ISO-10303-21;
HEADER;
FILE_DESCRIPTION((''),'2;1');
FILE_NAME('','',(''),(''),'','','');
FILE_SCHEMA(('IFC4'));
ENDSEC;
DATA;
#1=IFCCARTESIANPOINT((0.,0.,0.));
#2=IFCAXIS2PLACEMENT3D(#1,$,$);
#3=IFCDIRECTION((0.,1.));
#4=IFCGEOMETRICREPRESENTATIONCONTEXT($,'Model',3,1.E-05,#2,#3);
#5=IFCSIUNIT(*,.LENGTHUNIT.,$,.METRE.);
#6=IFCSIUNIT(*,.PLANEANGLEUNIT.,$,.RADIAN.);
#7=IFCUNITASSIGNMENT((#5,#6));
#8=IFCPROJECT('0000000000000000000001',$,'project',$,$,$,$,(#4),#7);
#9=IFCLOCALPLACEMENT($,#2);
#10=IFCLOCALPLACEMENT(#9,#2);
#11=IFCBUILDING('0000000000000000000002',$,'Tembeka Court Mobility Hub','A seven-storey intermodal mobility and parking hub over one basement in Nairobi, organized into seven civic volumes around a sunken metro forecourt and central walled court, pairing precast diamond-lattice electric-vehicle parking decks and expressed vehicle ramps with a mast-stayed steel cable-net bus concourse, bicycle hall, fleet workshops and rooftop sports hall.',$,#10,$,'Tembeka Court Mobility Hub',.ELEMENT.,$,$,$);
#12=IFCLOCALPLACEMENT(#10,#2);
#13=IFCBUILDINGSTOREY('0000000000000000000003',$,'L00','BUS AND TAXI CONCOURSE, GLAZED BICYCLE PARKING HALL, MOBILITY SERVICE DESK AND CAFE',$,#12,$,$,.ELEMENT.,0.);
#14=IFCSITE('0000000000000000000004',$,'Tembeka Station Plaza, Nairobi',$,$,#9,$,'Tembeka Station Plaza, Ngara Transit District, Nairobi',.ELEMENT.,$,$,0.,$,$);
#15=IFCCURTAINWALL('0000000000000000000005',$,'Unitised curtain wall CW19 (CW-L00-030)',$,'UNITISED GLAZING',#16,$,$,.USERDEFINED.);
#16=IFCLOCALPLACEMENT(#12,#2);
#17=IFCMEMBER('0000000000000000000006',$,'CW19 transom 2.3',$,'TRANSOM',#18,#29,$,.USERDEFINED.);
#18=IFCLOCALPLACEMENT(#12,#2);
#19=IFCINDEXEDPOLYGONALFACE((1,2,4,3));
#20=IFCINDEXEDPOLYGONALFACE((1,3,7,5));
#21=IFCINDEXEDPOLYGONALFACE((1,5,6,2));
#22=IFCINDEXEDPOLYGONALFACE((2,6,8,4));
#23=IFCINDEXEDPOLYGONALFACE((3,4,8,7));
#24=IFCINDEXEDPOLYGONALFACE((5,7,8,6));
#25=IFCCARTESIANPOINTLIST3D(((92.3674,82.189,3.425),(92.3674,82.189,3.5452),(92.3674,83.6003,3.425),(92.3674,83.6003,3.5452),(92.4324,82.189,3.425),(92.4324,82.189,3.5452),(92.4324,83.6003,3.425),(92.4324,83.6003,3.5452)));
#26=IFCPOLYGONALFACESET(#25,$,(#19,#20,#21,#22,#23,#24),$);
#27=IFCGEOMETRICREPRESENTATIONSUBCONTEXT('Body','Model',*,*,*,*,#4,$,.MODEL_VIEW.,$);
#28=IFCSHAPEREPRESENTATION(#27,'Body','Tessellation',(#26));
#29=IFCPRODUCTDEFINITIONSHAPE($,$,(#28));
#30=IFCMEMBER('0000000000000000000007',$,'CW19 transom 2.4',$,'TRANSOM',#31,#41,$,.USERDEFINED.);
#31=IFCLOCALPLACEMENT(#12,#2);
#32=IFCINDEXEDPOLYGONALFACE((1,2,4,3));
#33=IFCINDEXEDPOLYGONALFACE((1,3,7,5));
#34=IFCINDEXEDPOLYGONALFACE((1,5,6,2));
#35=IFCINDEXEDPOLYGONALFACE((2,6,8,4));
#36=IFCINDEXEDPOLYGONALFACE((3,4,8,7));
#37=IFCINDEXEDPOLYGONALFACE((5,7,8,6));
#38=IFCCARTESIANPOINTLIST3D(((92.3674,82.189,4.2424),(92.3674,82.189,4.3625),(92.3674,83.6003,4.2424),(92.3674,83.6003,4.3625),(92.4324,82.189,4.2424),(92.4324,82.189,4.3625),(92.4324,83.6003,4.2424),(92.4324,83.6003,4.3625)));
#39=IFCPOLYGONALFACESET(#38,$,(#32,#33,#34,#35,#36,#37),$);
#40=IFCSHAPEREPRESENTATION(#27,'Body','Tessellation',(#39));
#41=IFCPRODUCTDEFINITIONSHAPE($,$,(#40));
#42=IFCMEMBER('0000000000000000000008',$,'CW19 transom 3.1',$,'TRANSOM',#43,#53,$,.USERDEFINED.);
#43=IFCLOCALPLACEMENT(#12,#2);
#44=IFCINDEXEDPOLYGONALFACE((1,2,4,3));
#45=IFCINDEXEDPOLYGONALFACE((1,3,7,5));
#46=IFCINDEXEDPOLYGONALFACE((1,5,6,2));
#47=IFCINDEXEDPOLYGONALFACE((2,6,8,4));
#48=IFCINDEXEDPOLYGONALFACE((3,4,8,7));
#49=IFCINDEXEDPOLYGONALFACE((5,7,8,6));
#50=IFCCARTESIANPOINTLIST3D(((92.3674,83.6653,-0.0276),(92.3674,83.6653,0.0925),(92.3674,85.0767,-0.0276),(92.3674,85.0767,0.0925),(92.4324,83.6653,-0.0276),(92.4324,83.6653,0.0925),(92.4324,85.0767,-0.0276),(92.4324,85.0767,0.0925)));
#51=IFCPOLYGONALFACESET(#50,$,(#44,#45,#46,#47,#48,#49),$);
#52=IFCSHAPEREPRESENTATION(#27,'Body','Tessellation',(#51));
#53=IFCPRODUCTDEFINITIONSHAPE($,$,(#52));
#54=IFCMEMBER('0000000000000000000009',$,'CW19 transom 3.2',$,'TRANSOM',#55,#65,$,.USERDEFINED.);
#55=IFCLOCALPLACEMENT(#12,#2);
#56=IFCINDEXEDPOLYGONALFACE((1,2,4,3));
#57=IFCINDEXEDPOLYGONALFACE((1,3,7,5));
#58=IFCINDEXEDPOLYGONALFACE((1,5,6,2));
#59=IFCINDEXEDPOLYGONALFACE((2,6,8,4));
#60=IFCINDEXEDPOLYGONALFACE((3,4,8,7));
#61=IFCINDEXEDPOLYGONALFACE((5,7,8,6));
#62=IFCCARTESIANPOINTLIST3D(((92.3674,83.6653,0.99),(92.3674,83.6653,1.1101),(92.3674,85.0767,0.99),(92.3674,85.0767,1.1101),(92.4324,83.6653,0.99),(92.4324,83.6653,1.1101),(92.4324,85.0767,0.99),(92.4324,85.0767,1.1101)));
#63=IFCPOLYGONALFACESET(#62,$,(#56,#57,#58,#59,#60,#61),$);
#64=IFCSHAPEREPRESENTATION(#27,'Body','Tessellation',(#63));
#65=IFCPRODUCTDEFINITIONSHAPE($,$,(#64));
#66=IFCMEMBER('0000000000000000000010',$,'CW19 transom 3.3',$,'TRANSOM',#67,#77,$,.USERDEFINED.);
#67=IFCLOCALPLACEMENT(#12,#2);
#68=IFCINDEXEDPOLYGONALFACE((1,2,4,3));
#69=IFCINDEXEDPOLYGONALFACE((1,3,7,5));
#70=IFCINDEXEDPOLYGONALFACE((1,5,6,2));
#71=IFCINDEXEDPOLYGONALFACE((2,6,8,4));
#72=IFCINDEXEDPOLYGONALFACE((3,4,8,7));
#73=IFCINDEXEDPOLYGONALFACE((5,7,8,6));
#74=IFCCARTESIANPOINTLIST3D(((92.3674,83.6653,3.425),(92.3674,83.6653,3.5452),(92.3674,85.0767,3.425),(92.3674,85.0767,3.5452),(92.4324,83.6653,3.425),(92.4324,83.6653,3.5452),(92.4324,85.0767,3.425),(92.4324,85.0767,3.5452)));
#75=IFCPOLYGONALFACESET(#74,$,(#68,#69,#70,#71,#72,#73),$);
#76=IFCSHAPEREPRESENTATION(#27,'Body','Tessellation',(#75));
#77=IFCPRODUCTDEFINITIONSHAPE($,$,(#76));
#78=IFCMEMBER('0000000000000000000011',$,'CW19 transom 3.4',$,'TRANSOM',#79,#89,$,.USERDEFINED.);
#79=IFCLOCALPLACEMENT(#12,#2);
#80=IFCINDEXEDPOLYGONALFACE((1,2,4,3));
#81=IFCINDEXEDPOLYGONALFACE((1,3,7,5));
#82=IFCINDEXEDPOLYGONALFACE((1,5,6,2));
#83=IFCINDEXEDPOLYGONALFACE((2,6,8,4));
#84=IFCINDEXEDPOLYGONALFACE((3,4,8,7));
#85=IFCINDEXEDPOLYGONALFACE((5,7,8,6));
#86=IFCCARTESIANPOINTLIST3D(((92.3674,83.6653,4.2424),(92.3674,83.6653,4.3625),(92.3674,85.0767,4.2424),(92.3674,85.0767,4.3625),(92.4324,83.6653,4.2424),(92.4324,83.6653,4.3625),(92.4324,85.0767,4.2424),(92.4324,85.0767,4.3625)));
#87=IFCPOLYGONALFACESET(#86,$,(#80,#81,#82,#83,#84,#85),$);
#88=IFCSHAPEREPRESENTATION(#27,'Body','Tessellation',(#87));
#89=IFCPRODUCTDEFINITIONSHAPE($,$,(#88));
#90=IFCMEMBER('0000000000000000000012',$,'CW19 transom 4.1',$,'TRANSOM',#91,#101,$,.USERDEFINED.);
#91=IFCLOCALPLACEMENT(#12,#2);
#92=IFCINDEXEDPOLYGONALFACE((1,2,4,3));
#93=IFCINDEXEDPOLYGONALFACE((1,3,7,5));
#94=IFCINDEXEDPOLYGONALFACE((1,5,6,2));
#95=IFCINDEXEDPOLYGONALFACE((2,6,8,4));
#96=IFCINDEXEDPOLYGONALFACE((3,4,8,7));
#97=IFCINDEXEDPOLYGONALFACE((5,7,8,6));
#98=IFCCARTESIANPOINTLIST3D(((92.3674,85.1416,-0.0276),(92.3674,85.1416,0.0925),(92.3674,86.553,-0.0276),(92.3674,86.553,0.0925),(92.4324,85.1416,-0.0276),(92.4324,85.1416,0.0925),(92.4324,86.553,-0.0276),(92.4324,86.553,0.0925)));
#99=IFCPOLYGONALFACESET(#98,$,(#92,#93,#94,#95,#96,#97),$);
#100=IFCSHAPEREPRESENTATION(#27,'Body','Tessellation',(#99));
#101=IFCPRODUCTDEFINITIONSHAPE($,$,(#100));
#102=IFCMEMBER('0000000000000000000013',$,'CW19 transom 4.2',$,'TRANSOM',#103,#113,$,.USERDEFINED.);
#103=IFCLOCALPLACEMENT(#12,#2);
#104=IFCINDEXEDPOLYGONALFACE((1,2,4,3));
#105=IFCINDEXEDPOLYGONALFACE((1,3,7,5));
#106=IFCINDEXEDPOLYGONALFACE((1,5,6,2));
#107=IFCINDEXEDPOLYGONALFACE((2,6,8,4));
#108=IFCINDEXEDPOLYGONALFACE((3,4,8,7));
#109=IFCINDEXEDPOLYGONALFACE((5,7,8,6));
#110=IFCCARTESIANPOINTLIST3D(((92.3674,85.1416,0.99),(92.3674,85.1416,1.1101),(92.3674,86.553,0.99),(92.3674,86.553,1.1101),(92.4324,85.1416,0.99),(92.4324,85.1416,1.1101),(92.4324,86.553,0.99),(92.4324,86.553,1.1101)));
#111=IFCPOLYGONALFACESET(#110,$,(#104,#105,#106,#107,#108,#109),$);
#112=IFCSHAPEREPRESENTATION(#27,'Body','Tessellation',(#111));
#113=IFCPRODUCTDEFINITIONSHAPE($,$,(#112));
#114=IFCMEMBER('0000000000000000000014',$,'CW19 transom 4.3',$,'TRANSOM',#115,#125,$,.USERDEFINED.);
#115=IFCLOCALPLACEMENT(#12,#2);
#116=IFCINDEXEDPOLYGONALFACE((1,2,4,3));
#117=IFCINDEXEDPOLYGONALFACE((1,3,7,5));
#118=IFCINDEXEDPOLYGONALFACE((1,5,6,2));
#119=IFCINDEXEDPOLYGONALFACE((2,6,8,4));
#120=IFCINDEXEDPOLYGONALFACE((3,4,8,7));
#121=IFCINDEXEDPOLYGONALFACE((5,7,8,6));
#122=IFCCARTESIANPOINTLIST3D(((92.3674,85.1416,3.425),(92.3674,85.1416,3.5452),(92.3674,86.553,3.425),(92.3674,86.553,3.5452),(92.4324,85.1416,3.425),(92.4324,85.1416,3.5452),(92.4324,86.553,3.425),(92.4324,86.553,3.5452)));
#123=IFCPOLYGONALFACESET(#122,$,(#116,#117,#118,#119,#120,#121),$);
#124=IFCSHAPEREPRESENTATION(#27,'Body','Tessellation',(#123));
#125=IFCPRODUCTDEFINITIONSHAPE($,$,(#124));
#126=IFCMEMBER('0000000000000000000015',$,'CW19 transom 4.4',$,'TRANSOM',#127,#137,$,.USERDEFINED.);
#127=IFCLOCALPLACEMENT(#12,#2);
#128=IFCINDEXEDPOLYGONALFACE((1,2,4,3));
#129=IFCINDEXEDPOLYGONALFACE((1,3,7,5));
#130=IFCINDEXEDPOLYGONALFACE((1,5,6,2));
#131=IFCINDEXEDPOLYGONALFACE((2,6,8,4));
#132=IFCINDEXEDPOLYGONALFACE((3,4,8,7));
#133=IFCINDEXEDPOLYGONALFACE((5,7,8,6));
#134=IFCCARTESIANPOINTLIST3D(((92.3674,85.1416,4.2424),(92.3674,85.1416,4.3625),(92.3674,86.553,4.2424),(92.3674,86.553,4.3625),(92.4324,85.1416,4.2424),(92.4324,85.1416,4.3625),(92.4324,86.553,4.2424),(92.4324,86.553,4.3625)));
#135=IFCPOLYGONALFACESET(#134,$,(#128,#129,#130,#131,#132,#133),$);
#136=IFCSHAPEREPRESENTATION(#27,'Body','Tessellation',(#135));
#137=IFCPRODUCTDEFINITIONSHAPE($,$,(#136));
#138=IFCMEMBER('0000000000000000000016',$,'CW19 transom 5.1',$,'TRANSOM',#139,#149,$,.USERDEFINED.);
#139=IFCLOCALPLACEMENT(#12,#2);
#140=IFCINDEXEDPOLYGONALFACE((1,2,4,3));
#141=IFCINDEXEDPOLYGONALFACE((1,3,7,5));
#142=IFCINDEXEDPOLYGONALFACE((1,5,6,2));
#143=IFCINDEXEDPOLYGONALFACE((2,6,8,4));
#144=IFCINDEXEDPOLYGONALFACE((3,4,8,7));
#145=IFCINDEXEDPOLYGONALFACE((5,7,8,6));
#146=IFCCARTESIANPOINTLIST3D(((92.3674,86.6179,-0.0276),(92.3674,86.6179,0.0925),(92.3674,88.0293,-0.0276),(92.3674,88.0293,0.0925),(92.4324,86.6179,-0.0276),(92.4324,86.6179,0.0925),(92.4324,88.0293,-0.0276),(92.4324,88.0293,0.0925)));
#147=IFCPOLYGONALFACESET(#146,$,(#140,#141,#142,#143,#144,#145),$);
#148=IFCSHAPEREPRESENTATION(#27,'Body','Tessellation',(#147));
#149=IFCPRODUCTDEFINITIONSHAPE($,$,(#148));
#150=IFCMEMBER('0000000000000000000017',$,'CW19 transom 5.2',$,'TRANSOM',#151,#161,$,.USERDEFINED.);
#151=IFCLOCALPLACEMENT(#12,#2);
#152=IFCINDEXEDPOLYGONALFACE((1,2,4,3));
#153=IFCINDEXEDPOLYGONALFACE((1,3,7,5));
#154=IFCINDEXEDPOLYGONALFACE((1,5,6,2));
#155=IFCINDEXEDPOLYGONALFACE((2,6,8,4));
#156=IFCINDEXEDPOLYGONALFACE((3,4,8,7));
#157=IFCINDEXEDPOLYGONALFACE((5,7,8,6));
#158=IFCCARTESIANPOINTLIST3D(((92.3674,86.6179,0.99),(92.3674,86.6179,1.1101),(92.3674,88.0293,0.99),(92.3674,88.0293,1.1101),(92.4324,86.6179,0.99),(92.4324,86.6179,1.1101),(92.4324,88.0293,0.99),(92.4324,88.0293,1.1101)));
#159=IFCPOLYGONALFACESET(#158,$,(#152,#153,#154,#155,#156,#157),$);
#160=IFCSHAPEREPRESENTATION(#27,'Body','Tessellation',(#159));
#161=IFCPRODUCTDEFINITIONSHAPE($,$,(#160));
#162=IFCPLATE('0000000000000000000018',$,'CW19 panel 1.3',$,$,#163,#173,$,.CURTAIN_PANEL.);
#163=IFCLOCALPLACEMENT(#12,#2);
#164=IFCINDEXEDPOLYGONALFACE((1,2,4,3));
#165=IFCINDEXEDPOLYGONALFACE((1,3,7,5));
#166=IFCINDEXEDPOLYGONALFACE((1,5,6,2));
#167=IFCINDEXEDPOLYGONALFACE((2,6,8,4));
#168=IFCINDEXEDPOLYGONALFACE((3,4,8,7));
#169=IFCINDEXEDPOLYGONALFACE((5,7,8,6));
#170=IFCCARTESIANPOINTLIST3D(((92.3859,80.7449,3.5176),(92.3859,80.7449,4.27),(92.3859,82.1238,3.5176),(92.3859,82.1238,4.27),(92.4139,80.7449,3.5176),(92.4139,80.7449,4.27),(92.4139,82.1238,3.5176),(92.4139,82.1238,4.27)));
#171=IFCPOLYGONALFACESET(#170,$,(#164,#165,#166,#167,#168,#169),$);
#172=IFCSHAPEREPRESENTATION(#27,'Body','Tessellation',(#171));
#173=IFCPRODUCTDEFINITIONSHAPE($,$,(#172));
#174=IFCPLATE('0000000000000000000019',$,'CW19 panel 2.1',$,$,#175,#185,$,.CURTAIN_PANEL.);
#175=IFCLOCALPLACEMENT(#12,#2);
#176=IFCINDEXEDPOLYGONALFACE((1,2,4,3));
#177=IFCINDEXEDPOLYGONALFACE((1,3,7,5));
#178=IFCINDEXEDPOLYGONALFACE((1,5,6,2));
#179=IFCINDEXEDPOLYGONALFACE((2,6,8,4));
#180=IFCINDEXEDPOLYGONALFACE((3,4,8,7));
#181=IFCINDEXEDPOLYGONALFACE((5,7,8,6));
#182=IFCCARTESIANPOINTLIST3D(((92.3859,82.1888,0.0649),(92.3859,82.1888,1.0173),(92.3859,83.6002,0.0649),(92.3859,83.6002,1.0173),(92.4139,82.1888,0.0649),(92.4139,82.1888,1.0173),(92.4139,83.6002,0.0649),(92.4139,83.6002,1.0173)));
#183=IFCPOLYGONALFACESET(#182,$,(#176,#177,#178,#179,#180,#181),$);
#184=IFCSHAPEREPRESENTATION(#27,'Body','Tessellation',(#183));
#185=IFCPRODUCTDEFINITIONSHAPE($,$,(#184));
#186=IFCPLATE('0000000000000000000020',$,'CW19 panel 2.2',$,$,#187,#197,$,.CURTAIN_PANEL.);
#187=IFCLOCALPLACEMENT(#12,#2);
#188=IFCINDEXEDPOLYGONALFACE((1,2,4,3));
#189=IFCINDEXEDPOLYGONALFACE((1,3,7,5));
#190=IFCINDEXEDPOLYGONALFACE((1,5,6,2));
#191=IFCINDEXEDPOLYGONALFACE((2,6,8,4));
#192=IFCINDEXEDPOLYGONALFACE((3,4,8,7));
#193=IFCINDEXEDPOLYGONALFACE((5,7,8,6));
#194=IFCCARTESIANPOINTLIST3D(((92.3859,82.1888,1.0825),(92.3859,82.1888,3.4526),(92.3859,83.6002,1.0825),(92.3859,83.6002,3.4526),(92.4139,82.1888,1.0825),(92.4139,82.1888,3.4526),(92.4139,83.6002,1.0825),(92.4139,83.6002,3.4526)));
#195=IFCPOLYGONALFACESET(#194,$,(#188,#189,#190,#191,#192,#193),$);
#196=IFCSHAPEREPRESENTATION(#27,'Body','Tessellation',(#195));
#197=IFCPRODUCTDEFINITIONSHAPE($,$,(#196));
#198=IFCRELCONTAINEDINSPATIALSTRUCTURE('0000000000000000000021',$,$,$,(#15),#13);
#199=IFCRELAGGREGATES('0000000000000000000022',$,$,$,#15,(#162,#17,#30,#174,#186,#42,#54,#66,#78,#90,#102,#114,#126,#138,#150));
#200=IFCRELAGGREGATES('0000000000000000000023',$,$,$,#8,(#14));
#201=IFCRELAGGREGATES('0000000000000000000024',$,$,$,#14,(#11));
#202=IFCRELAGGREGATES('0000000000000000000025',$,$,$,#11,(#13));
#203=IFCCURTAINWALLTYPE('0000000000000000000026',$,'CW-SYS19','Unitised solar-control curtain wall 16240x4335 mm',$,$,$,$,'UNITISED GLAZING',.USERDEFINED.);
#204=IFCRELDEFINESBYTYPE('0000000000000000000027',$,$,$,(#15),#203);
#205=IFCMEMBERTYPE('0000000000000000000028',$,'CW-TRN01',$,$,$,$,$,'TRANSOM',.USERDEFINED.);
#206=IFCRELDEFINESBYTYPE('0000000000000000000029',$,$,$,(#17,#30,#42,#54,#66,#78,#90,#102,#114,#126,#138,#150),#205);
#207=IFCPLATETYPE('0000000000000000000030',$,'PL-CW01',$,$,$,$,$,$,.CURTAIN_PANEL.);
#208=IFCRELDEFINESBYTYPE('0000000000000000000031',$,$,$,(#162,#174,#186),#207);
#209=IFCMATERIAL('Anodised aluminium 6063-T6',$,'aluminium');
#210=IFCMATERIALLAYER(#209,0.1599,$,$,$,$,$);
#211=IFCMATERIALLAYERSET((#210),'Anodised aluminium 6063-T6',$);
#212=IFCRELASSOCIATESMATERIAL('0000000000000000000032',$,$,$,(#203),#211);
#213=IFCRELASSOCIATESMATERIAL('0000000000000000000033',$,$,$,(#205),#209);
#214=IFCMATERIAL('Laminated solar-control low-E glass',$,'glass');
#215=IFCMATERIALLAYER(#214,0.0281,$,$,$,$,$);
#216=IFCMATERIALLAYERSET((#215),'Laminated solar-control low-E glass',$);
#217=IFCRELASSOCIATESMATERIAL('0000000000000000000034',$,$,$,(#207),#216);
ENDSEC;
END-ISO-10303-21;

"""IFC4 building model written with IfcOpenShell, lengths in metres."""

from ifc_helpers import new_model, si_unit, direction, frame, origin, origin_2d, place, context, subcontext, project, spatial, rectangle, extrude, material, layer, layer_set, material_profile, profile_set, type_object, element, aggregate, save


model = new_model("IFC4")

# Units and contexts
model_context = context("Model", 3, precision=1e-05, world=origin(), true_north=direction((0.0, 1.0)))
body_context = subcontext(model_context, "Body", "Model", "MODEL_VIEW")
ifc_project = project(units=[si_unit("LENGTHUNIT", "METRE"), si_unit("PLANEANGLEUNIT", "RADIAN")], contexts=[model_context])

# Site, building, storey
site_placement = place(None, origin())
site = spatial("IfcSite", under=ifc_project, at=site_placement, Name="Tembeka Station Plaza, Nairobi", LongName="Tembeka Station Plaza, Ngara Transit District, Nairobi", CompositionType="ELEMENT", RefElevation=0.0)
building_placement = place(site_placement, origin())
building = spatial("IfcBuilding", under=site, at=building_placement, Name="Tembeka Court Mobility Hub", Description="A seven-storey intermodal mobility and parking hub over one basement in Nairobi, organized into seven civic volumes around a sunken metro forecourt and central walled court, pairing precast diamond-lattice electric-vehicle parking decks and expressed vehicle ramps with a mast-stayed steel cable-net bus concourse, bicycle hall, fleet workshops and rooftop sports hall.", LongName="Tembeka Court Mobility Hub", CompositionType="ELEMENT")
storey_placement = place(building_placement, origin())
storey = spatial("IfcBuildingStorey", under=building, at=storey_placement, Name="L00", Description="BUS AND TAXI CONCOURSE, GLAZED BICYCLE PARKING HALL, MOBILITY SERVICE DESK AND CAFE", CompositionType="ELEMENT", Elevation=0.0)

# Curtain wall, members, plates
ifc_material_1 = material(Name="Anodised aluminium 6063-T6", Category="aluminium")
ifc_layer_1 = layer(ifc_material_1, 0.1599)
ifc_layer_set_1 = layer_set([ifc_layer_1], Name="Anodised aluminium 6063-T6")
curtain_wall_type = type_object("IfcCurtainWallType", Name="CW-SYS19", Description="Unitised solar-control curtain wall 16240x4335 mm", ElementType="UNITISED GLAZING", PredefinedType="USERDEFINED", material=ifc_layer_set_1)
curtain_wall_placement = place(storey_placement, origin())
curtain_wall = element("IfcCurtainWall", 1, at=curtain_wall_placement, inside=storey, type_object=curtain_wall_type, Name="Unitised curtain wall CW19 (CW-L00-030)", ObjectType="UNITISED GLAZING", PredefinedType="USERDEFINED")
ifc_material_profile_1 = material_profile(ifc_material_1, rectangle(XDim=0.0649, YDim=0.1201, at=origin_2d()), Name="ALU-TRN 65x120")
ifc_profile_set_1 = profile_set([ifc_material_profile_1], Name="Anodised aluminium 6063-T6")
member_type_1 = type_object("IfcMemberType", Name="CW-TRN01", ElementType="TRANSOM", PredefinedType="USERDEFINED", material=ifc_profile_set_1)
member_1_placement = place(storey_placement, frame((92.3999, 82.189, 3.4851), z_axis=(0.0, 1.0, 0.0), x_axis=(-1.0, 0.0, 0.0)))
member_1 = element("IfcMember", 2, at=member_1_placement, type_object=member_type_1, Name="CW19 transom 2.3", ObjectType="TRANSOM", PredefinedType="USERDEFINED", context=body_context, shape_type="SweptSolid", body=[
    extrude(rectangle(XDim=0.0649, YDim=0.1201, at=origin_2d()), origin(), (0.0, 0.0, 1.0), 1.4114),
])
member_2_placement = place(storey_placement, frame((92.3999, 82.189, 4.3025), z_axis=(0.0, 1.0, 0.0), x_axis=(-1.0, 0.0, 0.0)))
member_2 = element("IfcMember", 3, at=member_2_placement, type_object=member_type_1, Name="CW19 transom 2.4", ObjectType="TRANSOM", PredefinedType="USERDEFINED", context=body_context, shape_type="SweptSolid", body=[
    extrude(rectangle(XDim=0.0649, YDim=0.1201, at=origin_2d()), origin(), (0.0, 0.0, 1.0), 1.4114),
])
member_3_placement = place(storey_placement, frame((92.3999, 83.6653, 0.0325), z_axis=(0.0, 1.0, 0.0), x_axis=(-1.0, 0.0, 0.0)))
member_3 = element("IfcMember", 4, at=member_3_placement, type_object=member_type_1, Name="CW19 transom 3.1", ObjectType="TRANSOM", PredefinedType="USERDEFINED", context=body_context, shape_type="SweptSolid", body=[
    extrude(rectangle(XDim=0.0649, YDim=0.1201, at=origin_2d()), origin(), (0.0, 0.0, 1.0), 1.4114),
])
member_4_placement = place(storey_placement, frame((92.3999, 83.6653, 1.05), z_axis=(0.0, 1.0, 0.0), x_axis=(-1.0, 0.0, 0.0)))
member_4 = element("IfcMember", 5, at=member_4_placement, type_object=member_type_1, Name="CW19 transom 3.2", ObjectType="TRANSOM", PredefinedType="USERDEFINED", context=body_context, shape_type="SweptSolid", body=[
    extrude(rectangle(XDim=0.0649, YDim=0.1201, at=origin_2d()), origin(), (0.0, 0.0, 1.0), 1.4114),
])
member_5_placement = place(storey_placement, frame((92.3999, 83.6653, 3.4851), z_axis=(0.0, 1.0, 0.0), x_axis=(-1.0, 0.0, 0.0)))
member_5 = element("IfcMember", 6, at=member_5_placement, type_object=member_type_1, Name="CW19 transom 3.3", ObjectType="TRANSOM", PredefinedType="USERDEFINED", context=body_context, shape_type="SweptSolid", body=[
    extrude(rectangle(XDim=0.0649, YDim=0.1201, at=origin_2d()), origin(), (0.0, 0.0, 1.0), 1.4114),
])
member_6_placement = place(storey_placement, frame((92.3999, 83.6653, 4.3025), z_axis=(0.0, 1.0, 0.0), x_axis=(-1.0, 0.0, 0.0)))
member_6 = element("IfcMember", 7, at=member_6_placement, type_object=member_type_1, Name="CW19 transom 3.4", ObjectType="TRANSOM", PredefinedType="USERDEFINED", context=body_context, shape_type="SweptSolid", body=[
    extrude(rectangle(XDim=0.0649, YDim=0.1201, at=origin_2d()), origin(), (0.0, 0.0, 1.0), 1.4114),
])
member_7_placement = place(storey_placement, frame((92.3999, 85.1416, 0.0325), z_axis=(0.0, 1.0, 0.0), x_axis=(-1.0, 0.0, 0.0)))
member_7 = element("IfcMember", 8, at=member_7_placement, type_object=member_type_1, Name="CW19 transom 4.1", ObjectType="TRANSOM", PredefinedType="USERDEFINED", context=body_context, shape_type="SweptSolid", body=[
    extrude(rectangle(XDim=0.0649, YDim=0.1201, at=origin_2d()), origin(), (0.0, 0.0, 1.0), 1.4114),
])
member_8_placement = place(storey_placement, frame((92.3999, 85.1416, 1.05), z_axis=(0.0, 1.0, 0.0), x_axis=(-1.0, 0.0, 0.0)))
member_8 = element("IfcMember", 9, at=member_8_placement, type_object=member_type_1, Name="CW19 transom 4.2", ObjectType="TRANSOM", PredefinedType="USERDEFINED", context=body_context, shape_type="SweptSolid", body=[
    extrude(rectangle(XDim=0.0649, YDim=0.1201, at=origin_2d()), origin(), (0.0, 0.0, 1.0), 1.4114),
])
member_9_placement = place(storey_placement, frame((92.3999, 85.1416, 3.4851), z_axis=(0.0, 1.0, 0.0), x_axis=(-1.0, 0.0, 0.0)))
member_9 = element("IfcMember", 10, at=member_9_placement, type_object=member_type_1, Name="CW19 transom 4.3", ObjectType="TRANSOM", PredefinedType="USERDEFINED", context=body_context, shape_type="SweptSolid", body=[
    extrude(rectangle(XDim=0.0649, YDim=0.1201, at=origin_2d()), origin(), (0.0, 0.0, 1.0), 1.4114),
])
member_10_placement = place(storey_placement, frame((92.3999, 85.1416, 4.3025), z_axis=(0.0, 1.0, 0.0), x_axis=(-1.0, 0.0, 0.0)))
member_10 = element("IfcMember", 11, at=member_10_placement, type_object=member_type_1, Name="CW19 transom 4.4", ObjectType="TRANSOM", PredefinedType="USERDEFINED", context=body_context, shape_type="SweptSolid", body=[
    extrude(rectangle(XDim=0.0649, YDim=0.1201, at=origin_2d()), origin(), (0.0, 0.0, 1.0), 1.4114),
])
member_11_placement = place(storey_placement, frame((92.3999, 86.6179, 0.0325), z_axis=(0.0, 1.0, 0.0), x_axis=(-1.0, 0.0, 0.0)))
member_11 = element("IfcMember", 12, at=member_11_placement, type_object=member_type_1, Name="CW19 transom 5.1", ObjectType="TRANSOM", PredefinedType="USERDEFINED", context=body_context, shape_type="SweptSolid", body=[
    extrude(rectangle(XDim=0.0649, YDim=0.1201, at=origin_2d()), origin(), (0.0, 0.0, 1.0), 1.4114),
])
member_12_placement = place(storey_placement, frame((92.3999, 86.6179, 1.05), z_axis=(0.0, 1.0, 0.0), x_axis=(-1.0, 0.0, 0.0)))
member_12 = element("IfcMember", 13, at=member_12_placement, type_object=member_type_1, Name="CW19 transom 5.2", ObjectType="TRANSOM", PredefinedType="USERDEFINED", context=body_context, shape_type="SweptSolid", body=[
    extrude(rectangle(XDim=0.0649, YDim=0.1201, at=origin_2d()), origin(), (0.0, 0.0, 1.0), 1.4114),
])
ifc_material_2 = material(Name="Laminated solar-control low-E glass", Category="glass")
ifc_layer_2 = layer(ifc_material_2, 0.0281)
ifc_layer_set_2 = layer_set([ifc_layer_2], Name="Laminated solar-control low-E glass")
plate_type = type_object("IfcPlateType", Name="PL-CW01", PredefinedType="CURTAIN_PANEL", material=ifc_layer_set_2)
plate_1_placement = place(storey_placement, frame((92.3999, 81.4343, 3.5176), z_axis=(0.0, 0.0, 1.0), x_axis=(0.0, 1.0, 0.0)))
plate_1 = element("IfcPlate", 14, at=plate_1_placement, type_object=plate_type, Name="CW19 panel 1.3", PredefinedType="CURTAIN_PANEL", context=body_context, shape_type="SweptSolid", body=[
    extrude(rectangle(XDim=1.3789, YDim=0.0281, at=origin_2d()), origin(), (0.0, 0.0, 1.0), 0.7524),
])
plate_2_placement = place(storey_placement, frame((92.3999, 82.8945, 0.0649), z_axis=(0.0, 0.0, 1.0), x_axis=(0.0, 1.0, 0.0)))
plate_2 = element("IfcPlate", 15, at=plate_2_placement, type_object=plate_type, Name="CW19 panel 2.1", PredefinedType="CURTAIN_PANEL", context=body_context, shape_type="SweptSolid", body=[
    extrude(rectangle(XDim=1.4114, YDim=0.0281, at=origin_2d()), origin(), (0.0, 0.0, 1.0), 0.9524),
])
plate_3_placement = place(storey_placement, frame((92.3999, 82.8945, 1.0825), z_axis=(0.0, 0.0, 1.0), x_axis=(0.0, 1.0, 0.0)))
plate_3 = element("IfcPlate", 16, at=plate_3_placement, type_object=plate_type, Name="CW19 panel 2.2", PredefinedType="CURTAIN_PANEL", context=body_context, shape_type="SweptSolid", body=[
    extrude(rectangle(XDim=1.4114, YDim=0.0281, at=origin_2d()), origin(), (0.0, 0.0, 1.0), 2.3701),
])
aggregate(curtain_wall, [plate_1, member_1, member_2, plate_2, plate_3, member_3, member_4, member_5, member_6, member_7, member_8, member_9, member_10, member_11, member_12])

save(model, "model.ifc")
